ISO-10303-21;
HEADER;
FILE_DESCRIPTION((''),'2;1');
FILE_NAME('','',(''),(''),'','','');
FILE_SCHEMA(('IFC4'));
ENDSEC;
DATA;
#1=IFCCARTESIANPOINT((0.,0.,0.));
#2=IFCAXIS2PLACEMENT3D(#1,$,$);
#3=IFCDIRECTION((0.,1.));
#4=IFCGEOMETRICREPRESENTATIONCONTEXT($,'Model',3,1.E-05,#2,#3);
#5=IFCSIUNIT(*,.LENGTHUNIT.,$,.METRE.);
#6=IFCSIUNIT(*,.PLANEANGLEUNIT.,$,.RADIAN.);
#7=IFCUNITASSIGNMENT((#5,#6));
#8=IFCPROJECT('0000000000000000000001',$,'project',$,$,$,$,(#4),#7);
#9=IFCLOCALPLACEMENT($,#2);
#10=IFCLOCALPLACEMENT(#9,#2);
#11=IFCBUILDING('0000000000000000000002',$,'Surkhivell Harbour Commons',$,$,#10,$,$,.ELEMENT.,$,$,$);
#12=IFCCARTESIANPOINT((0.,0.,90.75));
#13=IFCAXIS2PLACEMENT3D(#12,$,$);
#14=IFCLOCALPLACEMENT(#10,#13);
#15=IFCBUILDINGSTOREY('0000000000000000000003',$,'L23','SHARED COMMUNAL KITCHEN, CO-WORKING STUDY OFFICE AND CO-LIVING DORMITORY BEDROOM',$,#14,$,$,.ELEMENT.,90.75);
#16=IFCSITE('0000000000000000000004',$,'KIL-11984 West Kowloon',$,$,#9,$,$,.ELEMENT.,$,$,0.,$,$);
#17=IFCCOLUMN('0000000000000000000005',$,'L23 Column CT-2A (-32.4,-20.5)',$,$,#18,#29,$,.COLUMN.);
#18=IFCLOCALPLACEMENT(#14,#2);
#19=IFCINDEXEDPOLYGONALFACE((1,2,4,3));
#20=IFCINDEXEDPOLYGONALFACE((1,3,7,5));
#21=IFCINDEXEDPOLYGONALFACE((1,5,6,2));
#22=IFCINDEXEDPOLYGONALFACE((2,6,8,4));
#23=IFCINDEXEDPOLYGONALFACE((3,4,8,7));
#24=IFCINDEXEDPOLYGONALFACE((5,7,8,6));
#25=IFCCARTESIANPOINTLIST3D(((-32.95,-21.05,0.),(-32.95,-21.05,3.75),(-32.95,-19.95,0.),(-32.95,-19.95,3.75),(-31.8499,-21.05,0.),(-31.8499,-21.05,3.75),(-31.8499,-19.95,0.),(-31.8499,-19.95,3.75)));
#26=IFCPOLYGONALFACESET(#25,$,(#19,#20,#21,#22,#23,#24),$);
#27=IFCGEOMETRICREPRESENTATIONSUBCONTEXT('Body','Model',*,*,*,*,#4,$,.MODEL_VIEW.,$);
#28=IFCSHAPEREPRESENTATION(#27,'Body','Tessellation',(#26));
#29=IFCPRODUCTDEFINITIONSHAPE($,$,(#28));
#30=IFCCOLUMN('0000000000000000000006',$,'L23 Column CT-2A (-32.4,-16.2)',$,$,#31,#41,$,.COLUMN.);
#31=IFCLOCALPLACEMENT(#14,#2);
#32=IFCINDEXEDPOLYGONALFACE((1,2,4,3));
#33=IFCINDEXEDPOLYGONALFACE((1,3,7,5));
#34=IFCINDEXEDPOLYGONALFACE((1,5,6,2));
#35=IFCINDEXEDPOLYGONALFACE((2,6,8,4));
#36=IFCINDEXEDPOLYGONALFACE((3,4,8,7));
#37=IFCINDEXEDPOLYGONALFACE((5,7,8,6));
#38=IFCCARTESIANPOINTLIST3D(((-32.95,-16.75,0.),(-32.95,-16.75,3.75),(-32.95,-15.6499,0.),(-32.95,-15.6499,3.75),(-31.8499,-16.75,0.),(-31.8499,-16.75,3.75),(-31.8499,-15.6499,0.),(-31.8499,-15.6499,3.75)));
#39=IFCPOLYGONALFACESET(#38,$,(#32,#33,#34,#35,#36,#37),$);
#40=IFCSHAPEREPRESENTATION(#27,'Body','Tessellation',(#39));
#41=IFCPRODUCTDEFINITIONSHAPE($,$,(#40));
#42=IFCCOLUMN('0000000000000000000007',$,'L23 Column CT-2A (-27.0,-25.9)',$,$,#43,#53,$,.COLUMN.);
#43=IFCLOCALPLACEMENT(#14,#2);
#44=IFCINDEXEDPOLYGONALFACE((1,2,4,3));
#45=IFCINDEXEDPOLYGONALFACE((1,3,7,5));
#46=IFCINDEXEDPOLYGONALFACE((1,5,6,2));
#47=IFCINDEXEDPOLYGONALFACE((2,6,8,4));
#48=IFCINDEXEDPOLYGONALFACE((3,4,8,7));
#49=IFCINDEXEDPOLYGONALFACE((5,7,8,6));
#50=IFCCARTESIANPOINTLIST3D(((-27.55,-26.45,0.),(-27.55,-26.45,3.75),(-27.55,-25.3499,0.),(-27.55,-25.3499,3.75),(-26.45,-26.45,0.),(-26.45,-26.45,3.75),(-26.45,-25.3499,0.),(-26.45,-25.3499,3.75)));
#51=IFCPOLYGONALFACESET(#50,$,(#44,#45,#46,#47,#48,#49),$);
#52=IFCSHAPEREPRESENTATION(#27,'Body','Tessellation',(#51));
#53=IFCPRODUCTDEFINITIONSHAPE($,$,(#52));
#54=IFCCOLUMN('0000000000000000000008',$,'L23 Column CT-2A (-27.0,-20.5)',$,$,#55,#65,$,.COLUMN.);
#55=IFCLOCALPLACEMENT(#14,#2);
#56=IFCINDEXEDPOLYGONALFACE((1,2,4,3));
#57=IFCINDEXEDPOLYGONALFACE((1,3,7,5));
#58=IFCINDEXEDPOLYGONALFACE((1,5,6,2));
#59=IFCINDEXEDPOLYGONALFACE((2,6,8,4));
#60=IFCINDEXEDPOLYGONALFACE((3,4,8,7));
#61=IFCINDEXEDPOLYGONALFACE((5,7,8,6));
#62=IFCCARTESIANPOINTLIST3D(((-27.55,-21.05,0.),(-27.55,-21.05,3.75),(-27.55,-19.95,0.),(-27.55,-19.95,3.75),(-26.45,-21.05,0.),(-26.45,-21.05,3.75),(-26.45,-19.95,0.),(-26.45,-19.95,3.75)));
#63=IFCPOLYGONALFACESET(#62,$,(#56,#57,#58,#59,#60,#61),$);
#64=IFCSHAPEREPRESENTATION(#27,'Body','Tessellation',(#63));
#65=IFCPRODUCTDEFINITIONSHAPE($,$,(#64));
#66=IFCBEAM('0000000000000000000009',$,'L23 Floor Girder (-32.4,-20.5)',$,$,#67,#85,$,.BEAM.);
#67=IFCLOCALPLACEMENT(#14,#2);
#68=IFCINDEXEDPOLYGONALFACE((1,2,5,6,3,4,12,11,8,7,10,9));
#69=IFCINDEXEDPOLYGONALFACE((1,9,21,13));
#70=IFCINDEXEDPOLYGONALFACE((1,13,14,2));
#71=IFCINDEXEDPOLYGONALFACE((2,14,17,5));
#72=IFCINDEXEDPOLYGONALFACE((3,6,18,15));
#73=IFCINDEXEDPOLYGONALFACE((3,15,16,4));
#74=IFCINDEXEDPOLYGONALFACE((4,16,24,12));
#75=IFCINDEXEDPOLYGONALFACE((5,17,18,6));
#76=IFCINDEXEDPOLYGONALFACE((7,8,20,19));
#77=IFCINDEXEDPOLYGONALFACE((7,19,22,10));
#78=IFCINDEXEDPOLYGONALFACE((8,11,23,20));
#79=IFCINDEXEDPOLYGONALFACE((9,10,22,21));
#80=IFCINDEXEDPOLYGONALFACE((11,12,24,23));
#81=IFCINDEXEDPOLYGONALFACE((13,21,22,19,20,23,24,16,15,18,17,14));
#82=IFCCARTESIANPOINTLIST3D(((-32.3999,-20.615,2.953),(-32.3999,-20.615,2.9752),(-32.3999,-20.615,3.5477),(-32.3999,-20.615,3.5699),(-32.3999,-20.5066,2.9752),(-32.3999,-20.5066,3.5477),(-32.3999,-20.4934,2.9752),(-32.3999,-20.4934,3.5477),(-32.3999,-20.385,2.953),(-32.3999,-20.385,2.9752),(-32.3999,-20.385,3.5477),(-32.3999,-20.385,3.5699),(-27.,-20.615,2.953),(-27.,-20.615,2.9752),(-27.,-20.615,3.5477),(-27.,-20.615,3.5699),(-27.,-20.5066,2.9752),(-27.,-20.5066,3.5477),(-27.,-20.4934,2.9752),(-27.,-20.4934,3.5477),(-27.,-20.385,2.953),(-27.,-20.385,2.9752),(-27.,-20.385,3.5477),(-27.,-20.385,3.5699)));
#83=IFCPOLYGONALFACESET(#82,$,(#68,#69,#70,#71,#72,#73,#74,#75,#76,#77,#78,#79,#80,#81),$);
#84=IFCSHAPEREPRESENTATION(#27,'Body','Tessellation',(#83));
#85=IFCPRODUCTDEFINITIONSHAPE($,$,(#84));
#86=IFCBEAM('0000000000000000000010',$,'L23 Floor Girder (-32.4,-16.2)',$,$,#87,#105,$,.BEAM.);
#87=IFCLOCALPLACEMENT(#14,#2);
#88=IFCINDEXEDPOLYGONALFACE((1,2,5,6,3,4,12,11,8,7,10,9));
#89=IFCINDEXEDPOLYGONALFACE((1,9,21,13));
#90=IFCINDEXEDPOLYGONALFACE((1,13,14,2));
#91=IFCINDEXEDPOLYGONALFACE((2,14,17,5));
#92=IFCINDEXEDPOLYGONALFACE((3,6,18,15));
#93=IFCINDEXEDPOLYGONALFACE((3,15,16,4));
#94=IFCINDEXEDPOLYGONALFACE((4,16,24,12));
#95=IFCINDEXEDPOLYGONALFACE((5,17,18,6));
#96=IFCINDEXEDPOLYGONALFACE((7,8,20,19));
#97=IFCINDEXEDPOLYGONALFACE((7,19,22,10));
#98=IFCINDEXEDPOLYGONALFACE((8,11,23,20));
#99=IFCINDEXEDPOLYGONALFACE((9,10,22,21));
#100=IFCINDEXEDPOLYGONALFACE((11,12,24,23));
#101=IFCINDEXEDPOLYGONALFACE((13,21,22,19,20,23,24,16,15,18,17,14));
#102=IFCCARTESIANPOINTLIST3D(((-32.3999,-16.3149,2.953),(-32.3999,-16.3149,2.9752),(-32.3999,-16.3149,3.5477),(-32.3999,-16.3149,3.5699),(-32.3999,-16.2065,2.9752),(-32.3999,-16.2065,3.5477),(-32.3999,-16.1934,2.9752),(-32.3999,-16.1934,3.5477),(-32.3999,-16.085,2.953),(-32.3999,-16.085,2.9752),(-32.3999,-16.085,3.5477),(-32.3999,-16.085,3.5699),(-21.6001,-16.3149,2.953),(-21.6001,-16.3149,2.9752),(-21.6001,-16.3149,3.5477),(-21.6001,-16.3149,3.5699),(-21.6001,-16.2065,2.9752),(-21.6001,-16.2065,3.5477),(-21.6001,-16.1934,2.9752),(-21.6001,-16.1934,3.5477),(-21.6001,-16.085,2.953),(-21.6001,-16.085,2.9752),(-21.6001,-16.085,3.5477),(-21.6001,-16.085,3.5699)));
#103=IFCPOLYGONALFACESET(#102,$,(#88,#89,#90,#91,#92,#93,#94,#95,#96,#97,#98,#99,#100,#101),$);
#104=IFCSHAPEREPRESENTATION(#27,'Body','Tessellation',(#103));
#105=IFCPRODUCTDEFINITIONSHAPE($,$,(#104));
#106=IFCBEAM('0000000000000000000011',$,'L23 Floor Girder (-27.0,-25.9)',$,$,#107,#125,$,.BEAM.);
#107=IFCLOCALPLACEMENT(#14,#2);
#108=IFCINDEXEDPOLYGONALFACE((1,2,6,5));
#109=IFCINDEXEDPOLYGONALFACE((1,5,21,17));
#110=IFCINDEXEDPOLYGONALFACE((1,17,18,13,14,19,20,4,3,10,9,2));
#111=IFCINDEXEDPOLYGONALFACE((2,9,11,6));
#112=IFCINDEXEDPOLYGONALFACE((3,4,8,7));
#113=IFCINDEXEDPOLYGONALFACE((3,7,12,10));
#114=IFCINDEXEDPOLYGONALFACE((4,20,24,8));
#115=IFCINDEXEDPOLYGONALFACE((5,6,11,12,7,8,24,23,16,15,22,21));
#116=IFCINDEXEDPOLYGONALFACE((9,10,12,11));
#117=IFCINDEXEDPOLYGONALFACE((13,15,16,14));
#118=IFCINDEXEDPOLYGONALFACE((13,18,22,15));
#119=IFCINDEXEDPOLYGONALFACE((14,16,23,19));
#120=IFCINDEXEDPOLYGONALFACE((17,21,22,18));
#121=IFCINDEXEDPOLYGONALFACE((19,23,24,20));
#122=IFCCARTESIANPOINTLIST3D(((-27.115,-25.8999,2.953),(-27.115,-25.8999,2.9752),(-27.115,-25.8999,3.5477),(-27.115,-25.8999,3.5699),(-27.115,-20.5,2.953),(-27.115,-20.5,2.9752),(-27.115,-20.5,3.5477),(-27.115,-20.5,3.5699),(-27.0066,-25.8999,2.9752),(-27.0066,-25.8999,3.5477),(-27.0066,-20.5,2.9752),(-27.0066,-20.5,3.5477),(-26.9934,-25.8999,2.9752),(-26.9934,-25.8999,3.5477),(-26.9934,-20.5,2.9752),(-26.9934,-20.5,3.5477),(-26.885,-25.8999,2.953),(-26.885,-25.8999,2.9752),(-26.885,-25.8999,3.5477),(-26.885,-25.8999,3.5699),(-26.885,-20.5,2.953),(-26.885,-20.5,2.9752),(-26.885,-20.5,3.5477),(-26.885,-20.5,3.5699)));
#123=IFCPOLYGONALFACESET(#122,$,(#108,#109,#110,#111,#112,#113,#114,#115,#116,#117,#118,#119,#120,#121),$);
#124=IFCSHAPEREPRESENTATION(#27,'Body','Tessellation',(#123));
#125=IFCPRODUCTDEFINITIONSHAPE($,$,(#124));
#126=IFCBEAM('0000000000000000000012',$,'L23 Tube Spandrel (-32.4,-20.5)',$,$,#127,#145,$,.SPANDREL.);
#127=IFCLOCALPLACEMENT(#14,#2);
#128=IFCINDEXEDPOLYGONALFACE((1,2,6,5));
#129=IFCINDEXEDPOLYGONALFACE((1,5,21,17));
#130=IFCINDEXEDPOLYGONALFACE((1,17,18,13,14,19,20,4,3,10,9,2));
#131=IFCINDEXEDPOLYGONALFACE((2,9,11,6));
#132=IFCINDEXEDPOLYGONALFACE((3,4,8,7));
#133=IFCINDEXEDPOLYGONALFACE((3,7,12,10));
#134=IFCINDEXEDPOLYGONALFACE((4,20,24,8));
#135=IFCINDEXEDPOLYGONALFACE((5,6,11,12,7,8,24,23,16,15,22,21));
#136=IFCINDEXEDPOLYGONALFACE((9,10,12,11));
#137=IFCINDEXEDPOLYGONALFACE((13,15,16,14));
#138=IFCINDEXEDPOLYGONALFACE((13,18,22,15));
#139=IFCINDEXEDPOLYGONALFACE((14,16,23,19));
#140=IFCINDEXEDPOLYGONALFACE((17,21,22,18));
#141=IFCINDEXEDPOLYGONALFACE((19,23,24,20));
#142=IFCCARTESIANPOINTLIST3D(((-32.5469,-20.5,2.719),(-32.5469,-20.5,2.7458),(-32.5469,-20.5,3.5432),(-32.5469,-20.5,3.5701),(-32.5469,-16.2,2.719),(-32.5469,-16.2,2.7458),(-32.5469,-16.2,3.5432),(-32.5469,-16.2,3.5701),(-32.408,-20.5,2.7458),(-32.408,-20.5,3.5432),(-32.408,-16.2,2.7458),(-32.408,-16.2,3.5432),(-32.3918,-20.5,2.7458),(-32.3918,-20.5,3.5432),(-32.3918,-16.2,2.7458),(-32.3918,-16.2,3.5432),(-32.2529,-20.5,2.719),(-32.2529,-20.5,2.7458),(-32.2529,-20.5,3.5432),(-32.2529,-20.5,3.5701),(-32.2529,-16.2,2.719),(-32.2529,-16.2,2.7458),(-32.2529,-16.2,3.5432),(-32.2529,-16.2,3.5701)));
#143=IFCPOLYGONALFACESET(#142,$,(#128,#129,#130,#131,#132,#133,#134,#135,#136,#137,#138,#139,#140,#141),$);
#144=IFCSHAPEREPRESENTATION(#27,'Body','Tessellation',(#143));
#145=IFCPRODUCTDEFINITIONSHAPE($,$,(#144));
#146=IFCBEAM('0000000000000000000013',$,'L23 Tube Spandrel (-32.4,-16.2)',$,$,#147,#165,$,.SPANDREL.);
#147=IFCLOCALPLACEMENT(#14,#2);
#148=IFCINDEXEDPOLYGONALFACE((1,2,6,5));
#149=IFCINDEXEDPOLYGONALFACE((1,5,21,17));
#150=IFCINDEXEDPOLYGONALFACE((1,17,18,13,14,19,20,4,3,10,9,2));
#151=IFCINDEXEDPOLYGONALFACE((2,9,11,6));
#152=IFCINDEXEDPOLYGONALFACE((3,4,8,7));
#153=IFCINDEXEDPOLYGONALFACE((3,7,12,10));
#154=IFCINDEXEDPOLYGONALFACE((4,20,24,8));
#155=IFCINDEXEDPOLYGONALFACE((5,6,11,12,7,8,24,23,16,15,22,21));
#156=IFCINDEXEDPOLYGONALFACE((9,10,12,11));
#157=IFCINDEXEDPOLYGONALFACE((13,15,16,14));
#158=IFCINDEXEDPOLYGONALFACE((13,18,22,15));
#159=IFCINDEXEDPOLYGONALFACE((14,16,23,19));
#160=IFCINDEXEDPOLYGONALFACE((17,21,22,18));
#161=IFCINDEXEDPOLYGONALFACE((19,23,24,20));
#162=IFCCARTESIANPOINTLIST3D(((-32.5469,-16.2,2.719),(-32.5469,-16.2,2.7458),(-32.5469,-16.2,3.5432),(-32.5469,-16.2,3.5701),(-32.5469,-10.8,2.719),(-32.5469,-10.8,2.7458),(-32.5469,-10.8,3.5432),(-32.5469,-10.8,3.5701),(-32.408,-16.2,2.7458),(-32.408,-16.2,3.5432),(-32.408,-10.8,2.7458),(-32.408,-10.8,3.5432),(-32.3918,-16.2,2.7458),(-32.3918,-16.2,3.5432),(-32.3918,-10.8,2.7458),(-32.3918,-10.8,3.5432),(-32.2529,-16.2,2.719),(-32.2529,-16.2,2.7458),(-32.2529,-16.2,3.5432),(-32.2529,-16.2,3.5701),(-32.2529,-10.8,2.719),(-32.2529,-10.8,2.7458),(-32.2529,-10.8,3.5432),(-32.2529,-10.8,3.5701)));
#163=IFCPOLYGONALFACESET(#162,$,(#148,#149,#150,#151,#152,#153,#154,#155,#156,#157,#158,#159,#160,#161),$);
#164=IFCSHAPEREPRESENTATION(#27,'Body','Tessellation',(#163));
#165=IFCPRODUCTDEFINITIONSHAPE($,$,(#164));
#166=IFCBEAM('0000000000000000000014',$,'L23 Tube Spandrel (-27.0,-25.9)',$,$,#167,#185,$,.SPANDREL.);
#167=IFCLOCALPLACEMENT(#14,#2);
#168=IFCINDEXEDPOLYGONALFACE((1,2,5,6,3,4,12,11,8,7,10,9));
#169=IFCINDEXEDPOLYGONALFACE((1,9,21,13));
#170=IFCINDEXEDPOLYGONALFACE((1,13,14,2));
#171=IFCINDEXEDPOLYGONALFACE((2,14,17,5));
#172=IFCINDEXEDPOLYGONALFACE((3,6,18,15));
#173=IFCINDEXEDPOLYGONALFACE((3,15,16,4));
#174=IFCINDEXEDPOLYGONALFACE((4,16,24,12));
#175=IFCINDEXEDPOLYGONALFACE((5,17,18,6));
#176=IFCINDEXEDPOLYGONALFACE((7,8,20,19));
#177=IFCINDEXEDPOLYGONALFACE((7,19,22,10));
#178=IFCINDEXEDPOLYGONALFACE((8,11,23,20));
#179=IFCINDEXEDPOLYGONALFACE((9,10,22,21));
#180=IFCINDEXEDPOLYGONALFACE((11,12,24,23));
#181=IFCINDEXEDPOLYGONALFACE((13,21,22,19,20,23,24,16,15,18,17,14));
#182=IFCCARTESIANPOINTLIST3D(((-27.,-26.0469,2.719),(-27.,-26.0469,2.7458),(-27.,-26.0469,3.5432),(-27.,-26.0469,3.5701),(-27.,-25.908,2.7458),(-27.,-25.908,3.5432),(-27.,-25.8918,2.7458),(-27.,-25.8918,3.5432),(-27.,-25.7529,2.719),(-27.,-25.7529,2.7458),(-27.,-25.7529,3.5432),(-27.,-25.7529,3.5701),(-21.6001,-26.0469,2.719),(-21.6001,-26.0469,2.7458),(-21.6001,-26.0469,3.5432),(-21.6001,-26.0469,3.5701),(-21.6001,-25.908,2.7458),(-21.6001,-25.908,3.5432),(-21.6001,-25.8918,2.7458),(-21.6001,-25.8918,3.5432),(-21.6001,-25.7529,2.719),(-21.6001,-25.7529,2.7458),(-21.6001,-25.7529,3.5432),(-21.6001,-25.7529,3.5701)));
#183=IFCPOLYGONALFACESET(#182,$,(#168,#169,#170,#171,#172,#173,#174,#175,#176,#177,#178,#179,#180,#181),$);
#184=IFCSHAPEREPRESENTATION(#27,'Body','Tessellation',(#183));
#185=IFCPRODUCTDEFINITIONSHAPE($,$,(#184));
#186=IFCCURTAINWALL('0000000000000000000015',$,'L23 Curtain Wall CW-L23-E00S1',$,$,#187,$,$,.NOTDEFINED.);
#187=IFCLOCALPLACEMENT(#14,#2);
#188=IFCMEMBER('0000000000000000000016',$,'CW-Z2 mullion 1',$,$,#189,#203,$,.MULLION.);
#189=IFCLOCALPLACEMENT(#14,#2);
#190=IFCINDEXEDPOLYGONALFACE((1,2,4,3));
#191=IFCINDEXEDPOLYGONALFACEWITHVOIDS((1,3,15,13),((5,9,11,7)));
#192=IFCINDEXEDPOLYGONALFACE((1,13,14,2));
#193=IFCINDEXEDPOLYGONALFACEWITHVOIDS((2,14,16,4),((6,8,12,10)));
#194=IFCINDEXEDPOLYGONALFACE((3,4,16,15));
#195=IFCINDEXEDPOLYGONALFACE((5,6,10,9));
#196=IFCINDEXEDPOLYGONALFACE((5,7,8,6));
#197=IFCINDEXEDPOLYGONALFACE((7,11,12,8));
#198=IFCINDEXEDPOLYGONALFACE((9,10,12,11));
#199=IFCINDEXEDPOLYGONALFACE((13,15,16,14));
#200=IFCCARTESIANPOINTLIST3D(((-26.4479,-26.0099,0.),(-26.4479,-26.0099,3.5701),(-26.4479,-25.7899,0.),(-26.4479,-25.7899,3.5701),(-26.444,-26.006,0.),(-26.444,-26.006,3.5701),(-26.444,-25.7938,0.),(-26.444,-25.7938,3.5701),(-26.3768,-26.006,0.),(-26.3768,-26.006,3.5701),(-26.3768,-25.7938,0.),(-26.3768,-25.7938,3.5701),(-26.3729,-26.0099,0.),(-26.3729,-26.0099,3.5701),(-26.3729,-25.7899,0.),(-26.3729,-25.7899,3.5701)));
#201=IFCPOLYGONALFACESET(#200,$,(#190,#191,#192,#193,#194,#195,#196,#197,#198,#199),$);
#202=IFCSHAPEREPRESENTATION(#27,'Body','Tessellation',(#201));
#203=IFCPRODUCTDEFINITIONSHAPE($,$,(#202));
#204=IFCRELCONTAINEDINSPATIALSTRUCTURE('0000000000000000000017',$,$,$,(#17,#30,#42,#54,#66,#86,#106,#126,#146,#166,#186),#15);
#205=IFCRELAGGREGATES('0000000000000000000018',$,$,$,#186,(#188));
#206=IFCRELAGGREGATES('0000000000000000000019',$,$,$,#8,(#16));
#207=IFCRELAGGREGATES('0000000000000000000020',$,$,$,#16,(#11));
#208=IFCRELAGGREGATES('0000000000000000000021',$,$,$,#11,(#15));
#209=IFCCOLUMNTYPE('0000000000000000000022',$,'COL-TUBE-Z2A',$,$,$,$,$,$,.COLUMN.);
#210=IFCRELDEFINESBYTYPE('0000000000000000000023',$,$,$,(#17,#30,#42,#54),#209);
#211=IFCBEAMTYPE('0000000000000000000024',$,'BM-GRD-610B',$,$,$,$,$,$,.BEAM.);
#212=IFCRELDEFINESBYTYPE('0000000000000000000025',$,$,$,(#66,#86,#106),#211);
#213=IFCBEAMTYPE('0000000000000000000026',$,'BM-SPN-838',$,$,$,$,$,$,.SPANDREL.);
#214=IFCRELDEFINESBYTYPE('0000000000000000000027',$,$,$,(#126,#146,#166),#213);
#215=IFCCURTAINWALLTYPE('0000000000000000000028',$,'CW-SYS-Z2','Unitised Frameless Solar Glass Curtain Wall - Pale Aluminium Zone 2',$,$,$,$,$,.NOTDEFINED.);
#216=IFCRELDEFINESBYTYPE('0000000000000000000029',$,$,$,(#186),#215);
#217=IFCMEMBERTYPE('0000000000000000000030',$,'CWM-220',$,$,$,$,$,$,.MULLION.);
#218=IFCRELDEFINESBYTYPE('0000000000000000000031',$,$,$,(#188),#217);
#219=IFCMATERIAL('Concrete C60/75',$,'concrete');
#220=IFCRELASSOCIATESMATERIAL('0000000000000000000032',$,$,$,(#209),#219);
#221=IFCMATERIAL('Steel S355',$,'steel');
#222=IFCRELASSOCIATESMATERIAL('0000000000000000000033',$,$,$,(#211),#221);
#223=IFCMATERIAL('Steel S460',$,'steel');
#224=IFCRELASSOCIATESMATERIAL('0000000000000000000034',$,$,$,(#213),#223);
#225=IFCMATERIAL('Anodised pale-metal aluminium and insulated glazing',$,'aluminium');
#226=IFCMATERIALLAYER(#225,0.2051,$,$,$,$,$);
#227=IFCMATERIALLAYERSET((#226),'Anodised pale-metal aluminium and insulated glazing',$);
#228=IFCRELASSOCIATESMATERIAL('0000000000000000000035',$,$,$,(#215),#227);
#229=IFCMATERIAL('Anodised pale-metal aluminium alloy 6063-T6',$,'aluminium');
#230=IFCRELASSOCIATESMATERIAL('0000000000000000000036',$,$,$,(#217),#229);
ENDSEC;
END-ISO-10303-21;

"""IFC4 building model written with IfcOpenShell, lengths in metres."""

from ifc_helpers import new_model, si_unit, direction, frame, origin, origin_2d, place, context, subcontext, project, spatial, rectangle, hollow_rectangle, i_section, extrude, material, layer, layer_set, material_profile, profile_set, type_object, element, aggregate, save


model = new_model("IFC4")

# Units and contexts
model_context = context("Model", 3, precision=1e-05, world=origin(), true_north=direction((0.0, 1.0)))
body_context = subcontext(model_context, "Body", "Model", "MODEL_VIEW")
ifc_project = project(units=[si_unit("LENGTHUNIT", "METRE"), si_unit("PLANEANGLEUNIT", "RADIAN")], contexts=[model_context])

# Site, building, storey
site_placement = place(None, origin())
site = spatial("IfcSite", under=ifc_project, at=site_placement, Name="KIL-11984 West Kowloon", CompositionType="ELEMENT", RefElevation=0.0)
building_placement = place(site_placement, origin())
building = spatial("IfcBuilding", under=site, at=building_placement, Name="Surkhivell Harbour Commons", CompositionType="ELEMENT")
storey_placement = place(building_placement, frame((0.0, 0.0, 90.75)))
storey = spatial("IfcBuildingStorey", under=building, at=storey_placement, Name="L23", Description="SHARED COMMUNAL KITCHEN, CO-WORKING STUDY OFFICE AND CO-LIVING DORMITORY BEDROOM", CompositionType="ELEMENT", Elevation=90.75)

# Columns
ifc_material_1 = material(Name="Concrete C60/75", Category="concrete")
ifc_material_profile_1 = material_profile(ifc_material_1, rectangle(XDim=1.1001, YDim=1.1001, at=origin_2d()), Name="RC-COL-1100x1100")
ifc_profile_set_1 = profile_set([ifc_material_profile_1], Name="Concrete C60/75")
column_type = type_object("IfcColumnType", Name="COL-TUBE-Z2A", PredefinedType="COLUMN", material=ifc_profile_set_1)
for number, where, z_axis, x_axis, name in (
    (1, (-32.3999, -20.5, 0.0), (0.0, 0.0, 1.0), (1.0, 0.0, 0.0), "L23 Column CT-2A (-32.4,-20.5)"),
    (2, (-32.3999, -16.2, 0.0), (0.0, 0.0, 1.0), (1.0, 0.0, 0.0), "L23 Column CT-2A (-32.4,-16.2)"),
    (3, (-27.0, -25.8999, 0.0), (0.0, 0.0, 1.0), (1.0, 0.0, 0.0), "L23 Column CT-2A (-27.0,-25.9)"),
    (4, (-27.0, -20.5, 0.0), (0.0, 0.0, 1.0), (1.0, 0.0, 0.0), "L23 Column CT-2A (-27.0,-20.5)"),
):
    element("IfcColumn", number, at=place(storey_placement, frame(where, z_axis=z_axis, x_axis=x_axis)), inside=storey, type_object=column_type, Name=name, PredefinedType="COLUMN", context=body_context, shape_type="SweptSolid", body=[
        extrude(rectangle(XDim=1.1001, YDim=1.1001, at=origin_2d()), origin(), (0.0, 0.0, 1.0), 3.75),
    ])

# Beams
ifc_material_2 = material(Name="Steel S355", Category="steel")
ifc_material_profile_2 = material_profile(ifc_material_2, i_section(OverallWidth=0.23, OverallDepth=0.6169, WebThickness=0.0132, FlangeThickness=0.0222, at=origin_2d()), Name="UB610x229x140")
ifc_profile_set_2 = profile_set([ifc_material_profile_2], Name="Steel S355")
beam_type_1 = type_object("IfcBeamType", Name="BM-GRD-610B", PredefinedType="BEAM", material=ifc_profile_set_2)
beam_1_placement = place(storey_placement, frame((-32.3999, -20.5, 3.2615), z_axis=(1.0, 0.0, 0.0), x_axis=(0.0, 1.0, 0.0)))
element("IfcBeam", 5, at=beam_1_placement, inside=storey, type_object=beam_type_1, Name="L23 Floor Girder (-32.4,-20.5)", PredefinedType="BEAM", context=body_context, shape_type="SweptSolid", body=[
    extrude(i_section(OverallWidth=0.23, OverallDepth=0.6169, WebThickness=0.0132, FlangeThickness=0.0222, at=origin_2d()), origin(), (0.0, 0.0, 1.0), 5.3999),
])
beam_2_placement = place(storey_placement, frame((-32.3999, -16.2, 3.2615), z_axis=(1.0, 0.0, 0.0), x_axis=(0.0, 1.0, 0.0)))
element("IfcBeam", 6, at=beam_2_placement, inside=storey, type_object=beam_type_1, Name="L23 Floor Girder (-32.4,-16.2)", PredefinedType="BEAM", context=body_context, shape_type="SweptSolid", body=[
    extrude(i_section(OverallWidth=0.23, OverallDepth=0.6169, WebThickness=0.0132, FlangeThickness=0.0222, at=origin_2d()), origin(), (0.0, 0.0, 1.0), 10.7998),
])
beam_3_placement = place(storey_placement, frame((-27.0, -25.8999, 3.2615), z_axis=(0.0, 1.0, 0.0), x_axis=(-1.0, 0.0, 0.0)))
element("IfcBeam", 7, at=beam_3_placement, inside=storey, type_object=beam_type_1, Name="L23 Floor Girder (-27.0,-25.9)", PredefinedType="BEAM", context=body_context, shape_type="SweptSolid", body=[
    extrude(i_section(OverallWidth=0.23, OverallDepth=0.6169, WebThickness=0.0132, FlangeThickness=0.0222, at=origin_2d()), origin(), (0.0, 0.0, 1.0), 5.3999),
])
ifc_material_3 = material(Name="Steel S460", Category="steel")
ifc_material_profile_3 = material_profile(ifc_material_3, i_section(OverallWidth=0.2939, OverallDepth=0.8511, WebThickness=0.0161, FlangeThickness=0.0269, at=origin_2d()), Name="UB838x292x226")
ifc_profile_set_3 = profile_set([ifc_material_profile_3], Name="Steel S460")
beam_type_2 = type_object("IfcBeamType", Name="BM-SPN-838", PredefinedType="SPANDREL", material=ifc_profile_set_3)
beam_4_placement = place(storey_placement, frame((-32.3999, -20.5, 3.1445), z_axis=(0.0, 1.0, 0.0), x_axis=(-1.0, 0.0, 0.0)))
element("IfcBeam", 8, at=beam_4_placement, inside=storey, type_object=beam_type_2, Name="L23 Tube Spandrel (-32.4,-20.5)", PredefinedType="SPANDREL", context=body_context, shape_type="SweptSolid", body=[
    extrude(i_section(OverallWidth=0.2939, OverallDepth=0.8511, WebThickness=0.0161, FlangeThickness=0.0269, at=origin_2d()), origin(), (0.0, 0.0, 1.0), 4.3),
])
for number, where, z_axis, x_axis, name in (
    (9, (-32.3999, -16.2, 3.1445), (0.0, 1.0, 0.0), (-1.0, 0.0, 0.0), "L23 Tube Spandrel (-32.4,-16.2)"),
    (10, (-27.0, -25.8999, 3.1445), (1.0, 0.0, 0.0), (0.0, 1.0, 0.0), "L23 Tube Spandrel (-27.0,-25.9)"),
):
    element("IfcBeam", number, at=place(storey_placement, frame(where, z_axis=z_axis, x_axis=x_axis)), inside=storey, type_object=beam_type_2, Name=name, PredefinedType="SPANDREL", context=body_context, shape_type="SweptSolid", body=[
        extrude(i_section(OverallWidth=0.2939, OverallDepth=0.8511, WebThickness=0.0161, FlangeThickness=0.0269, at=origin_2d()), origin(), (0.0, 0.0, 1.0), 5.3999),
    ])

# Curtain wall, member
ifc_material_4 = material(Name="Anodised pale-metal aluminium and insulated glazing", Category="aluminium")
ifc_layer_1 = layer(ifc_material_4, 0.2051)
ifc_layer_set_1 = layer_set([ifc_layer_1], Name="Anodised pale-metal aluminium and insulated glazing")
curtain_wall_type = type_object("IfcCurtainWallType", Name="CW-SYS-Z2", Description="Unitised Frameless Solar Glass Curtain Wall - Pale Aluminium Zone 2", PredefinedType="NOTDEFINED", material=ifc_layer_set_1)
curtain_wall_1_placement = place(storey_placement, origin())
curtain_wall_1 = element("IfcCurtainWall", 11, at=curtain_wall_1_placement, inside=storey, type_object=curtain_wall_type, Name="L23 Curtain Wall CW-L23-E00S1", PredefinedType="NOTDEFINED")
ifc_material_5 = material(Name="Anodised pale-metal aluminium alloy 6063-T6", Category="aluminium")
ifc_material_profile_4 = material_profile(ifc_material_5, hollow_rectangle(XDim=0.075, YDim=0.22, WallThickness=0.0039, at=origin_2d()), Name="ALU-MULL-75x220")
ifc_profile_set_4 = profile_set([ifc_material_profile_4], Name="Anodised pale-metal aluminium alloy 6063-T6")
member_type_1 = type_object("IfcMemberType", Name="CWM-220", PredefinedType="MULLION", material=ifc_profile_set_4)
member_1_placement = place(storey_placement, frame((-26.4104, -25.8999, 0.0), z_axis=(0.0, 0.0, 1.0), x_axis=(1.0, 0.0, 0.0)))
member_1 = element("IfcMember", 12, at=member_1_placement, type_object=member_type_1, Name="CW-Z2 mullion 1", PredefinedType="MULLION", context=body_context, shape_type="SweptSolid", body=[
    extrude(hollow_rectangle(XDim=0.075, YDim=0.22, WallThickness=0.0039, at=origin_2d()), origin(), (0.0, 0.0, 1.0), 3.5701),
])

aggregate(curtain_wall_1, [member_1])

save(model, "model.ifc")
